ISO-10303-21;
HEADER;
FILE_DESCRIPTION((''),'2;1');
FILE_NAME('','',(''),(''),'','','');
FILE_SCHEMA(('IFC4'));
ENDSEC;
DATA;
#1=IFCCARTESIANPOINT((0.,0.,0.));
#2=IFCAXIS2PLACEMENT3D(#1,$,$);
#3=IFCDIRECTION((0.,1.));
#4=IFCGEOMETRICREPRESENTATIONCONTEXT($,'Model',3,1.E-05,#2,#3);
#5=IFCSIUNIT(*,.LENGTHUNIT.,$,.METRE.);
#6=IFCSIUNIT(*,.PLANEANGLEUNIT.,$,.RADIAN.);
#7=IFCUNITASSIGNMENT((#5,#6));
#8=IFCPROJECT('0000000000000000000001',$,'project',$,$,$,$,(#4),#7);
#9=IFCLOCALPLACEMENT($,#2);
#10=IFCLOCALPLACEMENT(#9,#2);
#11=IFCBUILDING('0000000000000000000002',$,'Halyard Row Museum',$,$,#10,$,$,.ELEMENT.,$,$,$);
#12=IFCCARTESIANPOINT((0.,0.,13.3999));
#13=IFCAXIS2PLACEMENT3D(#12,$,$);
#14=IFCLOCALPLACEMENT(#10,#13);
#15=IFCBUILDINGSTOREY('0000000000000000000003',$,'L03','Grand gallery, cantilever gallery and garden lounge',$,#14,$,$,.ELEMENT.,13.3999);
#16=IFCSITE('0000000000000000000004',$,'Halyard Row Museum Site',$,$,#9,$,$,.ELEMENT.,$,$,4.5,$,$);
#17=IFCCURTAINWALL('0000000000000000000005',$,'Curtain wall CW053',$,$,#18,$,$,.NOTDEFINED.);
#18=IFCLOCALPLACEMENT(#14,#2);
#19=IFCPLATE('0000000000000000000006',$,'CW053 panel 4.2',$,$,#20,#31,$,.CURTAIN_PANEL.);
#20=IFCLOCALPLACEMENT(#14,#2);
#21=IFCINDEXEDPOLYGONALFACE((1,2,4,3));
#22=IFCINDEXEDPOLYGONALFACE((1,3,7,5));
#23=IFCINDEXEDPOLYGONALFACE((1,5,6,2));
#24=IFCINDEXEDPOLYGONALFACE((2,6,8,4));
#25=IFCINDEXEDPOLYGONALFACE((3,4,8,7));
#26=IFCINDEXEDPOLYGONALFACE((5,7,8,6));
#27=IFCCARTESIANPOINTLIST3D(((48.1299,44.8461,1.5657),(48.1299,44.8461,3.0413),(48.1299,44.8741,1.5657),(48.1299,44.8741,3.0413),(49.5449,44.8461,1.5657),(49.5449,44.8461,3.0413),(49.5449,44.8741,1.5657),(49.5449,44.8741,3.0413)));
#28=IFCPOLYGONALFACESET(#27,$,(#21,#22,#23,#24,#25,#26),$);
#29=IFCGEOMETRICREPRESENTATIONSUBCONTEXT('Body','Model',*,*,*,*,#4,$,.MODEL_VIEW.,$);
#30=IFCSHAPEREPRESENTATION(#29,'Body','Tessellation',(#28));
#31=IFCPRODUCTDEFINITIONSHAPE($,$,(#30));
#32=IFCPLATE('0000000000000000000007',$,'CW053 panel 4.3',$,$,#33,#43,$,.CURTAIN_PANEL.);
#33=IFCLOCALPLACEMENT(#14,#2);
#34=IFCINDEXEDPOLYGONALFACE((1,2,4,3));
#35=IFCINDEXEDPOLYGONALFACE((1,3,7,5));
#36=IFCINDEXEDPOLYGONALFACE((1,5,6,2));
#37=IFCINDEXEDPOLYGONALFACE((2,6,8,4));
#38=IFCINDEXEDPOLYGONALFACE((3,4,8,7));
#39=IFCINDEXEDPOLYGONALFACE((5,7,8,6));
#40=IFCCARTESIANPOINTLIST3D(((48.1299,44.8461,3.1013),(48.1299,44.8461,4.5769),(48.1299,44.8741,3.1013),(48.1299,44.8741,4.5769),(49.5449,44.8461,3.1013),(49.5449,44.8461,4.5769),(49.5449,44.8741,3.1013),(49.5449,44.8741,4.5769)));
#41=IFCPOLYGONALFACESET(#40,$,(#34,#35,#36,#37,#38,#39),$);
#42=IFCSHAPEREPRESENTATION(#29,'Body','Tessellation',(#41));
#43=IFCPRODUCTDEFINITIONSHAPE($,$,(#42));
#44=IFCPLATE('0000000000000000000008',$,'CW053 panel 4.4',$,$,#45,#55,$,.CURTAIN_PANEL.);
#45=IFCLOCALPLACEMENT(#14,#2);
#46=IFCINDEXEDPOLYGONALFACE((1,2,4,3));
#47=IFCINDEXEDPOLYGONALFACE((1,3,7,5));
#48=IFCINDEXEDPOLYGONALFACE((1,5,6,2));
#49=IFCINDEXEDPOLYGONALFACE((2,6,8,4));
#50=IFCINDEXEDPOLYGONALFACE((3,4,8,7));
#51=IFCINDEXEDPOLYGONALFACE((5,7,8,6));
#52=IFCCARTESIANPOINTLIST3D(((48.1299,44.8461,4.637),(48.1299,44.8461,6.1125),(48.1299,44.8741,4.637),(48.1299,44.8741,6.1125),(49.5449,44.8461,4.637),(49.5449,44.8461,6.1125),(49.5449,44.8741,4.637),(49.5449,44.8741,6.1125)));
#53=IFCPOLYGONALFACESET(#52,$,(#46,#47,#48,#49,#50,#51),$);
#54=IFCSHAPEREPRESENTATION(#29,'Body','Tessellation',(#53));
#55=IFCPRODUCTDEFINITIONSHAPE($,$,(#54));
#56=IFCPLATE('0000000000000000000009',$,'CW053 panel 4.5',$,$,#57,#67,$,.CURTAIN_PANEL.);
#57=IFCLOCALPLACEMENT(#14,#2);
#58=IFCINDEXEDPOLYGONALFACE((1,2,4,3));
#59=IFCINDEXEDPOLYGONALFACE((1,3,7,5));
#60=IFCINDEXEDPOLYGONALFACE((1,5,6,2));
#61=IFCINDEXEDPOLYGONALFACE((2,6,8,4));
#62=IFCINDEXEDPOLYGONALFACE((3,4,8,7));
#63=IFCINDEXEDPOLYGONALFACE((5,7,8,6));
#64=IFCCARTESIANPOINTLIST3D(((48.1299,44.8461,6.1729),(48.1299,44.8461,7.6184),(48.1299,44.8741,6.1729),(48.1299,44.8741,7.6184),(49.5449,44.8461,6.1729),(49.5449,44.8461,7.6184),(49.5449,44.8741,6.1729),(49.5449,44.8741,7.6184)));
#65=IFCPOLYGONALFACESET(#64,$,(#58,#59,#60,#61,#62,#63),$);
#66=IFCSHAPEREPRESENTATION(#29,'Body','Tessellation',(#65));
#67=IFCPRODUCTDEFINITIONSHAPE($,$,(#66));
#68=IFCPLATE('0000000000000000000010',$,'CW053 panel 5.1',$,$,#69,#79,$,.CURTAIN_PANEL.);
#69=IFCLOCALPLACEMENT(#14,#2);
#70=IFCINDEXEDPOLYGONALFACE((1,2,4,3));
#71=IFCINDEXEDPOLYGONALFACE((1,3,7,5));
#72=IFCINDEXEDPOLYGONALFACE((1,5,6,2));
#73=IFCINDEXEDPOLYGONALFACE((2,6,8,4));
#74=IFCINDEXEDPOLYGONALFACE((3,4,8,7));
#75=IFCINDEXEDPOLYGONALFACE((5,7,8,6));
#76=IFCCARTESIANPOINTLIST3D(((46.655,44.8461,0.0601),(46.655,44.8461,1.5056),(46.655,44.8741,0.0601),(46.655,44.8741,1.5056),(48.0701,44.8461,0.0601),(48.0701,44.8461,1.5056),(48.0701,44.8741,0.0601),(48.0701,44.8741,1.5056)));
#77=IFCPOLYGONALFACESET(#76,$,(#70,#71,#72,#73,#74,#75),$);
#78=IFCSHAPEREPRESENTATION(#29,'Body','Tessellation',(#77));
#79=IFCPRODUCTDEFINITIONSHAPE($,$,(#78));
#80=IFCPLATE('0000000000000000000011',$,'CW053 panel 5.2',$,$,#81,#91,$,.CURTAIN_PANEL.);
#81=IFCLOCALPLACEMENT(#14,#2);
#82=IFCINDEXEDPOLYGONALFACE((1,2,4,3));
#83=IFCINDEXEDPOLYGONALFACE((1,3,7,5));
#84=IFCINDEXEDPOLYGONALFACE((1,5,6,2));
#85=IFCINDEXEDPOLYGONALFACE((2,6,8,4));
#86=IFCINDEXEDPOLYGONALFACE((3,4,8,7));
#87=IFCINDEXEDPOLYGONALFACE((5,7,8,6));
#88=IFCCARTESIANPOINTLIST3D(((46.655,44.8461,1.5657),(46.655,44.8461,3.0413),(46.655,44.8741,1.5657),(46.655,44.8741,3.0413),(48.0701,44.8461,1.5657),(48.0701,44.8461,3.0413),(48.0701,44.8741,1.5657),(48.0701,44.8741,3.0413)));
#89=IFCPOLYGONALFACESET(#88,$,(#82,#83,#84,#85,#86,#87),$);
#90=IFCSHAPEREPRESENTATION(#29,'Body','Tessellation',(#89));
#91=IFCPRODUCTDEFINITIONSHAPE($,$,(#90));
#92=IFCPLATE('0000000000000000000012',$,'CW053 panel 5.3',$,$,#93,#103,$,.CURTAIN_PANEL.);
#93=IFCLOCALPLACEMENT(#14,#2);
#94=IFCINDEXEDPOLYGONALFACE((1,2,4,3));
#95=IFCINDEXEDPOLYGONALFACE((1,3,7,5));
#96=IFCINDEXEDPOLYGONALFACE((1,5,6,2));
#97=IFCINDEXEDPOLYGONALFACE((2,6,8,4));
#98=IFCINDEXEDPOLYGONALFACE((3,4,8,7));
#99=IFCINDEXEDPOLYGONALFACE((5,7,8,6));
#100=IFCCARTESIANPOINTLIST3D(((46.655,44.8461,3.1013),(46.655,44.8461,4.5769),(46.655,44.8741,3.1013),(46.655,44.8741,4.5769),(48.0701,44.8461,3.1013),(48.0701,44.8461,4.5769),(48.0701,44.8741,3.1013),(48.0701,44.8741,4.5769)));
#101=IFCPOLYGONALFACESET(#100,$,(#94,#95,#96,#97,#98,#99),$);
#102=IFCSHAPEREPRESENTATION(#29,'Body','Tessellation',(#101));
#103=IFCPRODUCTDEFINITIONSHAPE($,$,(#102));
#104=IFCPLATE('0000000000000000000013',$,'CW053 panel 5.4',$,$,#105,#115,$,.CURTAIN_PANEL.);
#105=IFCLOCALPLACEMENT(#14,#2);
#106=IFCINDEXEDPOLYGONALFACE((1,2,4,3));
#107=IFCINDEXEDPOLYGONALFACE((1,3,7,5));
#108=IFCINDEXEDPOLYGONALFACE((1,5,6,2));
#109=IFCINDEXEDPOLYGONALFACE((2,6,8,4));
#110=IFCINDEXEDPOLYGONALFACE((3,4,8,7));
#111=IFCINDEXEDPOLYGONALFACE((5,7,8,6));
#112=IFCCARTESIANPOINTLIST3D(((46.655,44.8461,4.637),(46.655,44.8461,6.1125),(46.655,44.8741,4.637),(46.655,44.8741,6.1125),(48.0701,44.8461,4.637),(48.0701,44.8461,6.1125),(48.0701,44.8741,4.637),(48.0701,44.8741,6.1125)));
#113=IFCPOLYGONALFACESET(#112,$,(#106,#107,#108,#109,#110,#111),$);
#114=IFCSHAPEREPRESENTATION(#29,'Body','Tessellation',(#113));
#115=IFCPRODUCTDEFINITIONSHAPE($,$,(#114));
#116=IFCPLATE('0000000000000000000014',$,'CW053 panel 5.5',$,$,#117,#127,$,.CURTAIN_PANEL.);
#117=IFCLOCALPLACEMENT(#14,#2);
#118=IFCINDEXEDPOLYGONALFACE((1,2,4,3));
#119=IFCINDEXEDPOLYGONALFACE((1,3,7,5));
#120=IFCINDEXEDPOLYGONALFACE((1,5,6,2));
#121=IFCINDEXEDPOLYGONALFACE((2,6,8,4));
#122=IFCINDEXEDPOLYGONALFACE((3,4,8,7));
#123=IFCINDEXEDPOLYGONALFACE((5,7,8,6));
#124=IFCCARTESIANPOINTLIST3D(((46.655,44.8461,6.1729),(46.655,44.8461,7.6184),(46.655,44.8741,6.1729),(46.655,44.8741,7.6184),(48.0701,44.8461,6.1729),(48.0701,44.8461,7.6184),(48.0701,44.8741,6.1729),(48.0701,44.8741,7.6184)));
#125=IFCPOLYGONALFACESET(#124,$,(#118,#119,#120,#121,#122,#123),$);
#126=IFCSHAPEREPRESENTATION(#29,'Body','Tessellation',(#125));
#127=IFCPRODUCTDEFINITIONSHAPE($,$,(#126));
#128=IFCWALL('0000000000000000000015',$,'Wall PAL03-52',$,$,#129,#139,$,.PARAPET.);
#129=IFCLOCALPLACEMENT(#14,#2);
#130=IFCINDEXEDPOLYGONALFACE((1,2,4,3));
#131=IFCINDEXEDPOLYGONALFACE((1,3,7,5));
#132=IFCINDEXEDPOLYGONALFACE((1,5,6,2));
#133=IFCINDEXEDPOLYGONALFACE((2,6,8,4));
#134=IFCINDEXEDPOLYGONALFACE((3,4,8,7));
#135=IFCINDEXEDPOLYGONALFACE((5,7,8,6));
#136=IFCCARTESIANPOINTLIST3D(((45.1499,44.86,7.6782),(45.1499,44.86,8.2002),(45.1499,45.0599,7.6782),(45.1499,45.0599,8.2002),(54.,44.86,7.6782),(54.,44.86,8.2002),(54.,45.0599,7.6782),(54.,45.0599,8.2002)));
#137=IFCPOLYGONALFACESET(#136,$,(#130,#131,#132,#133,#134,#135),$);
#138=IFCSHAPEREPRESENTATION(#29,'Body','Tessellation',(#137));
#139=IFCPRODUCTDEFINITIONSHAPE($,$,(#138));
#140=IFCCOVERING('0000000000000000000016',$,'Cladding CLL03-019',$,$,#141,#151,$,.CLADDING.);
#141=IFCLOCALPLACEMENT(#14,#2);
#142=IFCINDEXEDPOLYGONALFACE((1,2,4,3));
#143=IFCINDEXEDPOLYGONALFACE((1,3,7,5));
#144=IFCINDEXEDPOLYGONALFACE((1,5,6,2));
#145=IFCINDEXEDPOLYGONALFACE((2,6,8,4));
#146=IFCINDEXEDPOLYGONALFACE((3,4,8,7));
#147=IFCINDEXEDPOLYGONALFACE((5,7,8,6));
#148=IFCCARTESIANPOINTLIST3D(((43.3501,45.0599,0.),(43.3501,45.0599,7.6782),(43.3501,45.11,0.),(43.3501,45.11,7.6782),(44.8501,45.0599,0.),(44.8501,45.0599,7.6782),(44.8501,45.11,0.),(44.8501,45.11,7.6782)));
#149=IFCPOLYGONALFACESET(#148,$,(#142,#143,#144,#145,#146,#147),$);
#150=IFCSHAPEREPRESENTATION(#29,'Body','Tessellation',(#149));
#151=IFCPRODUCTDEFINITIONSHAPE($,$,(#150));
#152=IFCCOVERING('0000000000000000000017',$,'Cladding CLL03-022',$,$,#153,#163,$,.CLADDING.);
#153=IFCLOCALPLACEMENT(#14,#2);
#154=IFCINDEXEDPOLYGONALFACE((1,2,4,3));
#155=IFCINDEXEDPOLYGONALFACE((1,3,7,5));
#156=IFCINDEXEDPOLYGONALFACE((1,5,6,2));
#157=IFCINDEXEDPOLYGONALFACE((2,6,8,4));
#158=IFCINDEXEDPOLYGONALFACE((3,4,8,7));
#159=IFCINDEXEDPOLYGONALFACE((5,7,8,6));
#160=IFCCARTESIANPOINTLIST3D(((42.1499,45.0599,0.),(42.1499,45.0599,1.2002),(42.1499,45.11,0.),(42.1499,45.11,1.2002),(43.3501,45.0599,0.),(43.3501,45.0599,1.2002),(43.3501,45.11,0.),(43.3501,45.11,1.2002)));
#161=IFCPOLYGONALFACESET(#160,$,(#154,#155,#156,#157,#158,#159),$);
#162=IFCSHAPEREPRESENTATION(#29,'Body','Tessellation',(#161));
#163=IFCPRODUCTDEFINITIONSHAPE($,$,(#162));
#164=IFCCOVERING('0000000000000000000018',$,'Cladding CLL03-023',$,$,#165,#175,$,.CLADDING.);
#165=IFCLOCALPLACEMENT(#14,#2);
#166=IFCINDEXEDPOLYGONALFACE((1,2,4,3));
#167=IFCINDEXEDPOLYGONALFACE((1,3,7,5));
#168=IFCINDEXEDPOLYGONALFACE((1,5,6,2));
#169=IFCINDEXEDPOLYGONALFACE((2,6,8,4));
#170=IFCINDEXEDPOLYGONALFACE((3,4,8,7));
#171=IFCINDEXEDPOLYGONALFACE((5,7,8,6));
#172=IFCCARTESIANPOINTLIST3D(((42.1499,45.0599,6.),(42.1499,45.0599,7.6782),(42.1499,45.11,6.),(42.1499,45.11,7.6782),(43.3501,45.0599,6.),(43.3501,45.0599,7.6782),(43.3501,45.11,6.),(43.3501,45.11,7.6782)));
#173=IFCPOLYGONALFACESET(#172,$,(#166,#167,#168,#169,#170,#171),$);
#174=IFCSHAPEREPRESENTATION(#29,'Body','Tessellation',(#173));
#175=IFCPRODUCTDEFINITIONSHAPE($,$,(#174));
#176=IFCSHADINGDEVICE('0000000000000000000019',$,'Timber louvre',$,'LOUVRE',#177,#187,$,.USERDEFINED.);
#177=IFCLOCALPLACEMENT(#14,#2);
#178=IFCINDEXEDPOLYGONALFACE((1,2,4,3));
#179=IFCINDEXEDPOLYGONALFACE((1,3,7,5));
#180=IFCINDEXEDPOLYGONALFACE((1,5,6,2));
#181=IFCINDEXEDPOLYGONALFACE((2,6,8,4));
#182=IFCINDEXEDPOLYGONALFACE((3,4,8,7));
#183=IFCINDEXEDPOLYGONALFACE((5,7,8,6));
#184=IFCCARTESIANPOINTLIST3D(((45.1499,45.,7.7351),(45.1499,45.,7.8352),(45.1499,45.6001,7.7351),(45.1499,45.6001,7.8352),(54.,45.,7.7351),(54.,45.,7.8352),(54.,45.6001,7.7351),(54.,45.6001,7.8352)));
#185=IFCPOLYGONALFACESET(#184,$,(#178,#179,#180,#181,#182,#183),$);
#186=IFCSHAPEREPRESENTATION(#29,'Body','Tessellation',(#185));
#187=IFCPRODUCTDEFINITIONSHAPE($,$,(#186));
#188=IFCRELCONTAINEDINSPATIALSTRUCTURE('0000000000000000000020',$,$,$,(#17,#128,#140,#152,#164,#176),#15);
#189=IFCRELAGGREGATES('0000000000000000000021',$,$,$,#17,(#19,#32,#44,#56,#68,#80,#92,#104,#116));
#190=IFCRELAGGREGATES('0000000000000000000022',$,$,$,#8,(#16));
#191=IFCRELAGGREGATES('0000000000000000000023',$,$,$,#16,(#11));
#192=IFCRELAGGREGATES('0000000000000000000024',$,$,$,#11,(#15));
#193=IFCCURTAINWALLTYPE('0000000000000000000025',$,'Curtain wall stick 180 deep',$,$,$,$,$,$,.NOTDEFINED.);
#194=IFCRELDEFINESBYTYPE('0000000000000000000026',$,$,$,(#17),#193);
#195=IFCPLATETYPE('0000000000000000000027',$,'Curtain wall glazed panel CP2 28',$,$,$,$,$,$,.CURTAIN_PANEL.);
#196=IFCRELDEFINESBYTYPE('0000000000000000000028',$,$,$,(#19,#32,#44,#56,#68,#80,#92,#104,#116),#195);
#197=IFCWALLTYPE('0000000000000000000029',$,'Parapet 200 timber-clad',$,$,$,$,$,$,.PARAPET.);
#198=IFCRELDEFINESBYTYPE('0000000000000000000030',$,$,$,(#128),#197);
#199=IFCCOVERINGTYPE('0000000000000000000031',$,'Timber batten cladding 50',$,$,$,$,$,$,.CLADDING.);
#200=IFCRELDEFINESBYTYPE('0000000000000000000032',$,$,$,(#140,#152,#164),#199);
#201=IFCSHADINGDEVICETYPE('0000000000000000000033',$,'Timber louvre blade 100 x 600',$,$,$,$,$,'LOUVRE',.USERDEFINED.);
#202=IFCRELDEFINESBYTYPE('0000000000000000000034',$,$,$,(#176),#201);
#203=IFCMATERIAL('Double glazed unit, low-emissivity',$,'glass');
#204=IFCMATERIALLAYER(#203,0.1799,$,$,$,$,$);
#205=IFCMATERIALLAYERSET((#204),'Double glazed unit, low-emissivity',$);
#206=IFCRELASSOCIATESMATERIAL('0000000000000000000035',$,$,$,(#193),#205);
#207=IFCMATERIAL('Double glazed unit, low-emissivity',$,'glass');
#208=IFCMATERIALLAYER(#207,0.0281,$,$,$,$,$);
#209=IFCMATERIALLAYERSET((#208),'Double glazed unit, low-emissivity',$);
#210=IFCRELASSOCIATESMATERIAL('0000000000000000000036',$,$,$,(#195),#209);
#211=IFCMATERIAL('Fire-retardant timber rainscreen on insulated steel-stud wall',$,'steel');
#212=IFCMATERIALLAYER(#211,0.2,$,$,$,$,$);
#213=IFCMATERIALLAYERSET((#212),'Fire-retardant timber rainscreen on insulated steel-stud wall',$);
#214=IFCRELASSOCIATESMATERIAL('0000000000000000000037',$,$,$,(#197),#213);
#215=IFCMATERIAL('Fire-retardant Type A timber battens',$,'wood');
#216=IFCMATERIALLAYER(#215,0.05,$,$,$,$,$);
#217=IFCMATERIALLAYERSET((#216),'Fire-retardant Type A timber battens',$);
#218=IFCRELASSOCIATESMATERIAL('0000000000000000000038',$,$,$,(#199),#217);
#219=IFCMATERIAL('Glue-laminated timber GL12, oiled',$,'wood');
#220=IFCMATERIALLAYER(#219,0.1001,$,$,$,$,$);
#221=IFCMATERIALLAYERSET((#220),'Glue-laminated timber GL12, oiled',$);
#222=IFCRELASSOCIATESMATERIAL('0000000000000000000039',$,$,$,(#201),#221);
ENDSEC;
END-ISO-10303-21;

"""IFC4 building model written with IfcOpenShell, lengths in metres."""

from ifc_helpers import new_model, si_unit, direction, frame, frame_2d, origin, origin_2d, place, context, subcontext, project, spatial, rectangle, extrude, material, layer, layer_set, type_object, element, aggregate, save


model = new_model("IFC4")

# Units and contexts
model_context = context("Model", 3, precision=1e-05, world=origin(), true_north=direction((0.0, 1.0)))
body_context = subcontext(model_context, "Body", "Model", "MODEL_VIEW")
ifc_project = project(units=[si_unit("LENGTHUNIT", "METRE"), si_unit("PLANEANGLEUNIT", "RADIAN")], contexts=[model_context])

# Site, building, storey
site_placement = place(None, origin())
site = spatial("IfcSite", under=ifc_project, at=site_placement, Name="Halyard Row Museum Site", CompositionType="ELEMENT", RefElevation=4.5)
building_placement = place(site_placement, origin())
building = spatial("IfcBuilding", under=site, at=building_placement, Name="Halyard Row Museum", CompositionType="ELEMENT")
storey_placement = place(building_placement, frame((0.0, 0.0, 13.3999)))
storey = spatial("IfcBuildingStorey", under=building, at=storey_placement, Name="L03", Description="Grand gallery, cantilever gallery and garden lounge", CompositionType="ELEMENT", Elevation=13.3999)

# Curtain wall
ifc_material_1 = material(Name="Double glazed unit, low-emissivity", Category="glass")
ifc_layer_1 = layer(ifc_material_1, 0.1799)
ifc_layer_set_1 = layer_set([ifc_layer_1], Name="Double glazed unit, low-emissivity")
curtain_wall_type = type_object("IfcCurtainWallType", Name="Curtain wall stick 180 deep", PredefinedType="NOTDEFINED", material=ifc_layer_set_1)
curtain_wall_placement = place(storey_placement, origin())
curtain_wall = element("IfcCurtainWall", 1, at=curtain_wall_placement, inside=storey, type_object=curtain_wall_type, Name="Curtain wall CW053", PredefinedType="NOTDEFINED")

# Plates
ifc_material_2 = material(Name="Double glazed unit, low-emissivity", Category="glass")
ifc_layer_2 = layer(ifc_material_2, 0.0281)
ifc_layer_set_2 = layer_set([ifc_layer_2], Name="Double glazed unit, low-emissivity")
plate_type = type_object("IfcPlateType", Name="Curtain wall glazed panel CP2 28", PredefinedType="CURTAIN_PANEL", material=ifc_layer_set_2)
plate_1_placement = place(storey_placement, frame((48.8374, 44.8601, 1.5657), z_axis=(0.0, 0.0, 1.0), x_axis=(-1.0, 0.0, 0.0)))
plate_1 = element("IfcPlate", 2, at=plate_1_placement, type_object=plate_type, Name="CW053 panel 4.2", PredefinedType="CURTAIN_PANEL", context=body_context, shape_type="SweptSolid", body=[
    extrude(rectangle(XDim=1.415, YDim=0.0281, at=origin_2d()), origin(), (0.0, 0.0, 1.0), 1.4756),
])
plate_2_placement = place(storey_placement, frame((48.8374, 44.8601, 3.1013), z_axis=(0.0, 0.0, 1.0), x_axis=(-1.0, 0.0, 0.0)))
plate_2 = element("IfcPlate", 3, at=plate_2_placement, type_object=plate_type, Name="CW053 panel 4.3", PredefinedType="CURTAIN_PANEL", context=body_context, shape_type="SweptSolid", body=[
    extrude(rectangle(XDim=1.415, YDim=0.0281, at=origin_2d()), origin(), (0.0, 0.0, 1.0), 1.4756),
])
plate_3_placement = place(storey_placement, frame((48.8374, 44.8601, 4.637), z_axis=(0.0, 0.0, 1.0), x_axis=(-1.0, 0.0, 0.0)))
plate_3 = element("IfcPlate", 4, at=plate_3_placement, type_object=plate_type, Name="CW053 panel 4.4", PredefinedType="CURTAIN_PANEL", context=body_context, shape_type="SweptSolid", body=[
    extrude(rectangle(XDim=1.415, YDim=0.0281, at=origin_2d()), origin(), (0.0, 0.0, 1.0), 1.4756),
])
plate_4_placement = place(storey_placement, frame((48.8374, 44.8601, 6.1729), z_axis=(0.0, 0.0, 1.0), x_axis=(-1.0, 0.0, 0.0)))
plate_4 = element("IfcPlate", 5, at=plate_4_placement, type_object=plate_type, Name="CW053 panel 4.5", PredefinedType="CURTAIN_PANEL", context=body_context, shape_type="SweptSolid", body=[
    extrude(rectangle(XDim=1.415, YDim=0.0281, at=origin_2d()), origin(), (0.0, 0.0, 1.0), 1.4456),
])
plate_5_placement = place(storey_placement, frame((47.3625, 44.8601, 0.0601), z_axis=(0.0, 0.0, 1.0), x_axis=(-1.0, 0.0, 0.0)))
plate_5 = element("IfcPlate", 6, at=plate_5_placement, type_object=plate_type, Name="CW053 panel 5.1", PredefinedType="CURTAIN_PANEL", context=body_context, shape_type="SweptSolid", body=[
    extrude(rectangle(XDim=1.415, YDim=0.0281, at=origin_2d()), origin(), (0.0, 0.0, 1.0), 1.4456),
])
plate_6_placement = place(storey_placement, frame((47.3625, 44.8601, 1.5657), z_axis=(0.0, 0.0, 1.0), x_axis=(-1.0, 0.0, 0.0)))
plate_6 = element("IfcPlate", 7, at=plate_6_placement, type_object=plate_type, Name="CW053 panel 5.2", PredefinedType="CURTAIN_PANEL", context=body_context, shape_type="SweptSolid", body=[
    extrude(rectangle(XDim=1.415, YDim=0.0281, at=origin_2d()), origin(), (0.0, 0.0, 1.0), 1.4756),
])
plate_7_placement = place(storey_placement, frame((47.3625, 44.8601, 3.1013), z_axis=(0.0, 0.0, 1.0), x_axis=(-1.0, 0.0, 0.0)))
plate_7 = element("IfcPlate", 8, at=plate_7_placement, type_object=plate_type, Name="CW053 panel 5.3", PredefinedType="CURTAIN_PANEL", context=body_context, shape_type="SweptSolid", body=[
    extrude(rectangle(XDim=1.415, YDim=0.0281, at=origin_2d()), origin(), (0.0, 0.0, 1.0), 1.4756),
])
plate_8_placement = place(storey_placement, frame((47.3625, 44.8601, 4.637), z_axis=(0.0, 0.0, 1.0), x_axis=(-1.0, 0.0, 0.0)))
plate_8 = element("IfcPlate", 9, at=plate_8_placement, type_object=plate_type, Name="CW053 panel 5.4", PredefinedType="CURTAIN_PANEL", context=body_context, shape_type="SweptSolid", body=[
    extrude(rectangle(XDim=1.415, YDim=0.0281, at=origin_2d()), origin(), (0.0, 0.0, 1.0), 1.4756),
])
plate_9_placement = place(storey_placement, frame((47.3625, 44.8601, 6.1729), z_axis=(0.0, 0.0, 1.0), x_axis=(-1.0, 0.0, 0.0)))
plate_9 = element("IfcPlate", 10, at=plate_9_placement, type_object=plate_type, Name="CW053 panel 5.5", PredefinedType="CURTAIN_PANEL", context=body_context, shape_type="SweptSolid", body=[
    extrude(rectangle(XDim=1.415, YDim=0.0281, at=origin_2d()), origin(), (0.0, 0.0, 1.0), 1.4456),
])
aggregate(curtain_wall, [plate_1, plate_2, plate_3, plate_4, plate_5, plate_6, plate_7, plate_8, plate_9])

# Wall
ifc_material_3 = material(Name="Fire-retardant timber rainscreen on insulated steel-stud wall", Category="steel")
ifc_layer_3 = layer(ifc_material_3, 0.2)
ifc_layer_set_3 = layer_set([ifc_layer_3], Name="Fire-retardant timber rainscreen on insulated steel-stud wall")
wall_type = type_object("IfcWallType", Name="Parapet 200 timber-clad", PredefinedType="PARAPET", material=ifc_layer_set_3)
wall_placement = place(storey_placement, frame((45.1499, 44.96, 7.6782), z_axis=(0.0, 0.0, 1.0), x_axis=(1.0, 0.0, 0.0)))
element("IfcWall", 11, at=wall_placement, inside=storey, type_object=wall_type, Name="Wall PAL03-52", PredefinedType="PARAPET", context=body_context, shape_type="SweptSolid", body=[
    extrude(rectangle(XDim=8.8501, YDim=0.2, at=frame_2d((4.425, 0.0))), origin(), (0.0, 0.0, 1.0), 0.522),
])

# Coverings
ifc_material_4 = material(Name="Fire-retardant Type A timber battens", Category="wood")
ifc_layer_4 = layer(ifc_material_4, 0.05)
ifc_layer_set_4 = layer_set([ifc_layer_4], Name="Fire-retardant Type A timber battens")
covering_type = type_object("IfcCoveringType", Name="Timber batten cladding 50", PredefinedType="CLADDING", material=ifc_layer_set_4)
covering_1_placement = place(storey_placement, frame((44.8501, 45.085, 0.0), z_axis=(0.0, 0.0, 1.0), x_axis=(-1.0, 0.0, 0.0)))
element("IfcCovering", 12, at=covering_1_placement, inside=storey, type_object=covering_type, Name="Cladding CLL03-019", PredefinedType="CLADDING", context=body_context, shape_type="SweptSolid", body=[
    extrude(rectangle(XDim=1.5, YDim=0.05, at=frame_2d((0.75, 0.0))), origin(), (0.0, 0.0, 1.0), 7.6782),
])
covering_2_placement = place(storey_placement, frame((43.3501, 45.085, 0.0), z_axis=(0.0, 0.0, 1.0), x_axis=(-1.0, 0.0, 0.0)))
element("IfcCovering", 13, at=covering_2_placement, inside=storey, type_object=covering_type, Name="Cladding CLL03-022", PredefinedType="CLADDING", context=body_context, shape_type="SweptSolid", body=[
    extrude(rectangle(XDim=1.2002, YDim=0.05, at=frame_2d((0.6001, 0.0))), origin(), (0.0, 0.0, 1.0), 1.2002),
])
covering_3_placement = place(storey_placement, frame((43.3501, 45.085, 6.0), z_axis=(0.0, 0.0, 1.0), x_axis=(-1.0, 0.0, 0.0)))
element("IfcCovering", 14, at=covering_3_placement, inside=storey, type_object=covering_type, Name="Cladding CLL03-023", PredefinedType="CLADDING", context=body_context, shape_type="SweptSolid", body=[
    extrude(rectangle(XDim=1.2002, YDim=0.05, at=frame_2d((0.6001, 0.0))), origin(), (0.0, 0.0, 1.0), 1.6782),
])

# Shading device
ifc_material_5 = material(Name="Glue-laminated timber GL12, oiled", Category="wood")
ifc_layer_5 = layer(ifc_material_5, 0.1001)
ifc_layer_set_5 = layer_set([ifc_layer_5], Name="Glue-laminated timber GL12, oiled")
shading_device_type = type_object("IfcShadingDeviceType", Name="Timber louvre blade 100 x 600", ElementType="LOUVRE", PredefinedType="USERDEFINED", material=ifc_layer_set_5)
shading_device_placement = place(storey_placement, frame((49.575, 45.3, 7.7351), z_axis=(0.0, 0.0, 1.0), x_axis=(1.0, 0.0, 0.0)))
element("IfcShadingDevice", 15, at=shading_device_placement, inside=storey, type_object=shading_device_type, Name="Timber louvre", ObjectType="LOUVRE", PredefinedType="USERDEFINED", context=body_context, shape_type="SweptSolid", body=[
    extrude(rectangle(XDim=8.8501, YDim=0.6001, at=origin_2d()), origin(), (0.0, 0.0, 1.0), 0.1001),
])

save(model, "model.ifc")
